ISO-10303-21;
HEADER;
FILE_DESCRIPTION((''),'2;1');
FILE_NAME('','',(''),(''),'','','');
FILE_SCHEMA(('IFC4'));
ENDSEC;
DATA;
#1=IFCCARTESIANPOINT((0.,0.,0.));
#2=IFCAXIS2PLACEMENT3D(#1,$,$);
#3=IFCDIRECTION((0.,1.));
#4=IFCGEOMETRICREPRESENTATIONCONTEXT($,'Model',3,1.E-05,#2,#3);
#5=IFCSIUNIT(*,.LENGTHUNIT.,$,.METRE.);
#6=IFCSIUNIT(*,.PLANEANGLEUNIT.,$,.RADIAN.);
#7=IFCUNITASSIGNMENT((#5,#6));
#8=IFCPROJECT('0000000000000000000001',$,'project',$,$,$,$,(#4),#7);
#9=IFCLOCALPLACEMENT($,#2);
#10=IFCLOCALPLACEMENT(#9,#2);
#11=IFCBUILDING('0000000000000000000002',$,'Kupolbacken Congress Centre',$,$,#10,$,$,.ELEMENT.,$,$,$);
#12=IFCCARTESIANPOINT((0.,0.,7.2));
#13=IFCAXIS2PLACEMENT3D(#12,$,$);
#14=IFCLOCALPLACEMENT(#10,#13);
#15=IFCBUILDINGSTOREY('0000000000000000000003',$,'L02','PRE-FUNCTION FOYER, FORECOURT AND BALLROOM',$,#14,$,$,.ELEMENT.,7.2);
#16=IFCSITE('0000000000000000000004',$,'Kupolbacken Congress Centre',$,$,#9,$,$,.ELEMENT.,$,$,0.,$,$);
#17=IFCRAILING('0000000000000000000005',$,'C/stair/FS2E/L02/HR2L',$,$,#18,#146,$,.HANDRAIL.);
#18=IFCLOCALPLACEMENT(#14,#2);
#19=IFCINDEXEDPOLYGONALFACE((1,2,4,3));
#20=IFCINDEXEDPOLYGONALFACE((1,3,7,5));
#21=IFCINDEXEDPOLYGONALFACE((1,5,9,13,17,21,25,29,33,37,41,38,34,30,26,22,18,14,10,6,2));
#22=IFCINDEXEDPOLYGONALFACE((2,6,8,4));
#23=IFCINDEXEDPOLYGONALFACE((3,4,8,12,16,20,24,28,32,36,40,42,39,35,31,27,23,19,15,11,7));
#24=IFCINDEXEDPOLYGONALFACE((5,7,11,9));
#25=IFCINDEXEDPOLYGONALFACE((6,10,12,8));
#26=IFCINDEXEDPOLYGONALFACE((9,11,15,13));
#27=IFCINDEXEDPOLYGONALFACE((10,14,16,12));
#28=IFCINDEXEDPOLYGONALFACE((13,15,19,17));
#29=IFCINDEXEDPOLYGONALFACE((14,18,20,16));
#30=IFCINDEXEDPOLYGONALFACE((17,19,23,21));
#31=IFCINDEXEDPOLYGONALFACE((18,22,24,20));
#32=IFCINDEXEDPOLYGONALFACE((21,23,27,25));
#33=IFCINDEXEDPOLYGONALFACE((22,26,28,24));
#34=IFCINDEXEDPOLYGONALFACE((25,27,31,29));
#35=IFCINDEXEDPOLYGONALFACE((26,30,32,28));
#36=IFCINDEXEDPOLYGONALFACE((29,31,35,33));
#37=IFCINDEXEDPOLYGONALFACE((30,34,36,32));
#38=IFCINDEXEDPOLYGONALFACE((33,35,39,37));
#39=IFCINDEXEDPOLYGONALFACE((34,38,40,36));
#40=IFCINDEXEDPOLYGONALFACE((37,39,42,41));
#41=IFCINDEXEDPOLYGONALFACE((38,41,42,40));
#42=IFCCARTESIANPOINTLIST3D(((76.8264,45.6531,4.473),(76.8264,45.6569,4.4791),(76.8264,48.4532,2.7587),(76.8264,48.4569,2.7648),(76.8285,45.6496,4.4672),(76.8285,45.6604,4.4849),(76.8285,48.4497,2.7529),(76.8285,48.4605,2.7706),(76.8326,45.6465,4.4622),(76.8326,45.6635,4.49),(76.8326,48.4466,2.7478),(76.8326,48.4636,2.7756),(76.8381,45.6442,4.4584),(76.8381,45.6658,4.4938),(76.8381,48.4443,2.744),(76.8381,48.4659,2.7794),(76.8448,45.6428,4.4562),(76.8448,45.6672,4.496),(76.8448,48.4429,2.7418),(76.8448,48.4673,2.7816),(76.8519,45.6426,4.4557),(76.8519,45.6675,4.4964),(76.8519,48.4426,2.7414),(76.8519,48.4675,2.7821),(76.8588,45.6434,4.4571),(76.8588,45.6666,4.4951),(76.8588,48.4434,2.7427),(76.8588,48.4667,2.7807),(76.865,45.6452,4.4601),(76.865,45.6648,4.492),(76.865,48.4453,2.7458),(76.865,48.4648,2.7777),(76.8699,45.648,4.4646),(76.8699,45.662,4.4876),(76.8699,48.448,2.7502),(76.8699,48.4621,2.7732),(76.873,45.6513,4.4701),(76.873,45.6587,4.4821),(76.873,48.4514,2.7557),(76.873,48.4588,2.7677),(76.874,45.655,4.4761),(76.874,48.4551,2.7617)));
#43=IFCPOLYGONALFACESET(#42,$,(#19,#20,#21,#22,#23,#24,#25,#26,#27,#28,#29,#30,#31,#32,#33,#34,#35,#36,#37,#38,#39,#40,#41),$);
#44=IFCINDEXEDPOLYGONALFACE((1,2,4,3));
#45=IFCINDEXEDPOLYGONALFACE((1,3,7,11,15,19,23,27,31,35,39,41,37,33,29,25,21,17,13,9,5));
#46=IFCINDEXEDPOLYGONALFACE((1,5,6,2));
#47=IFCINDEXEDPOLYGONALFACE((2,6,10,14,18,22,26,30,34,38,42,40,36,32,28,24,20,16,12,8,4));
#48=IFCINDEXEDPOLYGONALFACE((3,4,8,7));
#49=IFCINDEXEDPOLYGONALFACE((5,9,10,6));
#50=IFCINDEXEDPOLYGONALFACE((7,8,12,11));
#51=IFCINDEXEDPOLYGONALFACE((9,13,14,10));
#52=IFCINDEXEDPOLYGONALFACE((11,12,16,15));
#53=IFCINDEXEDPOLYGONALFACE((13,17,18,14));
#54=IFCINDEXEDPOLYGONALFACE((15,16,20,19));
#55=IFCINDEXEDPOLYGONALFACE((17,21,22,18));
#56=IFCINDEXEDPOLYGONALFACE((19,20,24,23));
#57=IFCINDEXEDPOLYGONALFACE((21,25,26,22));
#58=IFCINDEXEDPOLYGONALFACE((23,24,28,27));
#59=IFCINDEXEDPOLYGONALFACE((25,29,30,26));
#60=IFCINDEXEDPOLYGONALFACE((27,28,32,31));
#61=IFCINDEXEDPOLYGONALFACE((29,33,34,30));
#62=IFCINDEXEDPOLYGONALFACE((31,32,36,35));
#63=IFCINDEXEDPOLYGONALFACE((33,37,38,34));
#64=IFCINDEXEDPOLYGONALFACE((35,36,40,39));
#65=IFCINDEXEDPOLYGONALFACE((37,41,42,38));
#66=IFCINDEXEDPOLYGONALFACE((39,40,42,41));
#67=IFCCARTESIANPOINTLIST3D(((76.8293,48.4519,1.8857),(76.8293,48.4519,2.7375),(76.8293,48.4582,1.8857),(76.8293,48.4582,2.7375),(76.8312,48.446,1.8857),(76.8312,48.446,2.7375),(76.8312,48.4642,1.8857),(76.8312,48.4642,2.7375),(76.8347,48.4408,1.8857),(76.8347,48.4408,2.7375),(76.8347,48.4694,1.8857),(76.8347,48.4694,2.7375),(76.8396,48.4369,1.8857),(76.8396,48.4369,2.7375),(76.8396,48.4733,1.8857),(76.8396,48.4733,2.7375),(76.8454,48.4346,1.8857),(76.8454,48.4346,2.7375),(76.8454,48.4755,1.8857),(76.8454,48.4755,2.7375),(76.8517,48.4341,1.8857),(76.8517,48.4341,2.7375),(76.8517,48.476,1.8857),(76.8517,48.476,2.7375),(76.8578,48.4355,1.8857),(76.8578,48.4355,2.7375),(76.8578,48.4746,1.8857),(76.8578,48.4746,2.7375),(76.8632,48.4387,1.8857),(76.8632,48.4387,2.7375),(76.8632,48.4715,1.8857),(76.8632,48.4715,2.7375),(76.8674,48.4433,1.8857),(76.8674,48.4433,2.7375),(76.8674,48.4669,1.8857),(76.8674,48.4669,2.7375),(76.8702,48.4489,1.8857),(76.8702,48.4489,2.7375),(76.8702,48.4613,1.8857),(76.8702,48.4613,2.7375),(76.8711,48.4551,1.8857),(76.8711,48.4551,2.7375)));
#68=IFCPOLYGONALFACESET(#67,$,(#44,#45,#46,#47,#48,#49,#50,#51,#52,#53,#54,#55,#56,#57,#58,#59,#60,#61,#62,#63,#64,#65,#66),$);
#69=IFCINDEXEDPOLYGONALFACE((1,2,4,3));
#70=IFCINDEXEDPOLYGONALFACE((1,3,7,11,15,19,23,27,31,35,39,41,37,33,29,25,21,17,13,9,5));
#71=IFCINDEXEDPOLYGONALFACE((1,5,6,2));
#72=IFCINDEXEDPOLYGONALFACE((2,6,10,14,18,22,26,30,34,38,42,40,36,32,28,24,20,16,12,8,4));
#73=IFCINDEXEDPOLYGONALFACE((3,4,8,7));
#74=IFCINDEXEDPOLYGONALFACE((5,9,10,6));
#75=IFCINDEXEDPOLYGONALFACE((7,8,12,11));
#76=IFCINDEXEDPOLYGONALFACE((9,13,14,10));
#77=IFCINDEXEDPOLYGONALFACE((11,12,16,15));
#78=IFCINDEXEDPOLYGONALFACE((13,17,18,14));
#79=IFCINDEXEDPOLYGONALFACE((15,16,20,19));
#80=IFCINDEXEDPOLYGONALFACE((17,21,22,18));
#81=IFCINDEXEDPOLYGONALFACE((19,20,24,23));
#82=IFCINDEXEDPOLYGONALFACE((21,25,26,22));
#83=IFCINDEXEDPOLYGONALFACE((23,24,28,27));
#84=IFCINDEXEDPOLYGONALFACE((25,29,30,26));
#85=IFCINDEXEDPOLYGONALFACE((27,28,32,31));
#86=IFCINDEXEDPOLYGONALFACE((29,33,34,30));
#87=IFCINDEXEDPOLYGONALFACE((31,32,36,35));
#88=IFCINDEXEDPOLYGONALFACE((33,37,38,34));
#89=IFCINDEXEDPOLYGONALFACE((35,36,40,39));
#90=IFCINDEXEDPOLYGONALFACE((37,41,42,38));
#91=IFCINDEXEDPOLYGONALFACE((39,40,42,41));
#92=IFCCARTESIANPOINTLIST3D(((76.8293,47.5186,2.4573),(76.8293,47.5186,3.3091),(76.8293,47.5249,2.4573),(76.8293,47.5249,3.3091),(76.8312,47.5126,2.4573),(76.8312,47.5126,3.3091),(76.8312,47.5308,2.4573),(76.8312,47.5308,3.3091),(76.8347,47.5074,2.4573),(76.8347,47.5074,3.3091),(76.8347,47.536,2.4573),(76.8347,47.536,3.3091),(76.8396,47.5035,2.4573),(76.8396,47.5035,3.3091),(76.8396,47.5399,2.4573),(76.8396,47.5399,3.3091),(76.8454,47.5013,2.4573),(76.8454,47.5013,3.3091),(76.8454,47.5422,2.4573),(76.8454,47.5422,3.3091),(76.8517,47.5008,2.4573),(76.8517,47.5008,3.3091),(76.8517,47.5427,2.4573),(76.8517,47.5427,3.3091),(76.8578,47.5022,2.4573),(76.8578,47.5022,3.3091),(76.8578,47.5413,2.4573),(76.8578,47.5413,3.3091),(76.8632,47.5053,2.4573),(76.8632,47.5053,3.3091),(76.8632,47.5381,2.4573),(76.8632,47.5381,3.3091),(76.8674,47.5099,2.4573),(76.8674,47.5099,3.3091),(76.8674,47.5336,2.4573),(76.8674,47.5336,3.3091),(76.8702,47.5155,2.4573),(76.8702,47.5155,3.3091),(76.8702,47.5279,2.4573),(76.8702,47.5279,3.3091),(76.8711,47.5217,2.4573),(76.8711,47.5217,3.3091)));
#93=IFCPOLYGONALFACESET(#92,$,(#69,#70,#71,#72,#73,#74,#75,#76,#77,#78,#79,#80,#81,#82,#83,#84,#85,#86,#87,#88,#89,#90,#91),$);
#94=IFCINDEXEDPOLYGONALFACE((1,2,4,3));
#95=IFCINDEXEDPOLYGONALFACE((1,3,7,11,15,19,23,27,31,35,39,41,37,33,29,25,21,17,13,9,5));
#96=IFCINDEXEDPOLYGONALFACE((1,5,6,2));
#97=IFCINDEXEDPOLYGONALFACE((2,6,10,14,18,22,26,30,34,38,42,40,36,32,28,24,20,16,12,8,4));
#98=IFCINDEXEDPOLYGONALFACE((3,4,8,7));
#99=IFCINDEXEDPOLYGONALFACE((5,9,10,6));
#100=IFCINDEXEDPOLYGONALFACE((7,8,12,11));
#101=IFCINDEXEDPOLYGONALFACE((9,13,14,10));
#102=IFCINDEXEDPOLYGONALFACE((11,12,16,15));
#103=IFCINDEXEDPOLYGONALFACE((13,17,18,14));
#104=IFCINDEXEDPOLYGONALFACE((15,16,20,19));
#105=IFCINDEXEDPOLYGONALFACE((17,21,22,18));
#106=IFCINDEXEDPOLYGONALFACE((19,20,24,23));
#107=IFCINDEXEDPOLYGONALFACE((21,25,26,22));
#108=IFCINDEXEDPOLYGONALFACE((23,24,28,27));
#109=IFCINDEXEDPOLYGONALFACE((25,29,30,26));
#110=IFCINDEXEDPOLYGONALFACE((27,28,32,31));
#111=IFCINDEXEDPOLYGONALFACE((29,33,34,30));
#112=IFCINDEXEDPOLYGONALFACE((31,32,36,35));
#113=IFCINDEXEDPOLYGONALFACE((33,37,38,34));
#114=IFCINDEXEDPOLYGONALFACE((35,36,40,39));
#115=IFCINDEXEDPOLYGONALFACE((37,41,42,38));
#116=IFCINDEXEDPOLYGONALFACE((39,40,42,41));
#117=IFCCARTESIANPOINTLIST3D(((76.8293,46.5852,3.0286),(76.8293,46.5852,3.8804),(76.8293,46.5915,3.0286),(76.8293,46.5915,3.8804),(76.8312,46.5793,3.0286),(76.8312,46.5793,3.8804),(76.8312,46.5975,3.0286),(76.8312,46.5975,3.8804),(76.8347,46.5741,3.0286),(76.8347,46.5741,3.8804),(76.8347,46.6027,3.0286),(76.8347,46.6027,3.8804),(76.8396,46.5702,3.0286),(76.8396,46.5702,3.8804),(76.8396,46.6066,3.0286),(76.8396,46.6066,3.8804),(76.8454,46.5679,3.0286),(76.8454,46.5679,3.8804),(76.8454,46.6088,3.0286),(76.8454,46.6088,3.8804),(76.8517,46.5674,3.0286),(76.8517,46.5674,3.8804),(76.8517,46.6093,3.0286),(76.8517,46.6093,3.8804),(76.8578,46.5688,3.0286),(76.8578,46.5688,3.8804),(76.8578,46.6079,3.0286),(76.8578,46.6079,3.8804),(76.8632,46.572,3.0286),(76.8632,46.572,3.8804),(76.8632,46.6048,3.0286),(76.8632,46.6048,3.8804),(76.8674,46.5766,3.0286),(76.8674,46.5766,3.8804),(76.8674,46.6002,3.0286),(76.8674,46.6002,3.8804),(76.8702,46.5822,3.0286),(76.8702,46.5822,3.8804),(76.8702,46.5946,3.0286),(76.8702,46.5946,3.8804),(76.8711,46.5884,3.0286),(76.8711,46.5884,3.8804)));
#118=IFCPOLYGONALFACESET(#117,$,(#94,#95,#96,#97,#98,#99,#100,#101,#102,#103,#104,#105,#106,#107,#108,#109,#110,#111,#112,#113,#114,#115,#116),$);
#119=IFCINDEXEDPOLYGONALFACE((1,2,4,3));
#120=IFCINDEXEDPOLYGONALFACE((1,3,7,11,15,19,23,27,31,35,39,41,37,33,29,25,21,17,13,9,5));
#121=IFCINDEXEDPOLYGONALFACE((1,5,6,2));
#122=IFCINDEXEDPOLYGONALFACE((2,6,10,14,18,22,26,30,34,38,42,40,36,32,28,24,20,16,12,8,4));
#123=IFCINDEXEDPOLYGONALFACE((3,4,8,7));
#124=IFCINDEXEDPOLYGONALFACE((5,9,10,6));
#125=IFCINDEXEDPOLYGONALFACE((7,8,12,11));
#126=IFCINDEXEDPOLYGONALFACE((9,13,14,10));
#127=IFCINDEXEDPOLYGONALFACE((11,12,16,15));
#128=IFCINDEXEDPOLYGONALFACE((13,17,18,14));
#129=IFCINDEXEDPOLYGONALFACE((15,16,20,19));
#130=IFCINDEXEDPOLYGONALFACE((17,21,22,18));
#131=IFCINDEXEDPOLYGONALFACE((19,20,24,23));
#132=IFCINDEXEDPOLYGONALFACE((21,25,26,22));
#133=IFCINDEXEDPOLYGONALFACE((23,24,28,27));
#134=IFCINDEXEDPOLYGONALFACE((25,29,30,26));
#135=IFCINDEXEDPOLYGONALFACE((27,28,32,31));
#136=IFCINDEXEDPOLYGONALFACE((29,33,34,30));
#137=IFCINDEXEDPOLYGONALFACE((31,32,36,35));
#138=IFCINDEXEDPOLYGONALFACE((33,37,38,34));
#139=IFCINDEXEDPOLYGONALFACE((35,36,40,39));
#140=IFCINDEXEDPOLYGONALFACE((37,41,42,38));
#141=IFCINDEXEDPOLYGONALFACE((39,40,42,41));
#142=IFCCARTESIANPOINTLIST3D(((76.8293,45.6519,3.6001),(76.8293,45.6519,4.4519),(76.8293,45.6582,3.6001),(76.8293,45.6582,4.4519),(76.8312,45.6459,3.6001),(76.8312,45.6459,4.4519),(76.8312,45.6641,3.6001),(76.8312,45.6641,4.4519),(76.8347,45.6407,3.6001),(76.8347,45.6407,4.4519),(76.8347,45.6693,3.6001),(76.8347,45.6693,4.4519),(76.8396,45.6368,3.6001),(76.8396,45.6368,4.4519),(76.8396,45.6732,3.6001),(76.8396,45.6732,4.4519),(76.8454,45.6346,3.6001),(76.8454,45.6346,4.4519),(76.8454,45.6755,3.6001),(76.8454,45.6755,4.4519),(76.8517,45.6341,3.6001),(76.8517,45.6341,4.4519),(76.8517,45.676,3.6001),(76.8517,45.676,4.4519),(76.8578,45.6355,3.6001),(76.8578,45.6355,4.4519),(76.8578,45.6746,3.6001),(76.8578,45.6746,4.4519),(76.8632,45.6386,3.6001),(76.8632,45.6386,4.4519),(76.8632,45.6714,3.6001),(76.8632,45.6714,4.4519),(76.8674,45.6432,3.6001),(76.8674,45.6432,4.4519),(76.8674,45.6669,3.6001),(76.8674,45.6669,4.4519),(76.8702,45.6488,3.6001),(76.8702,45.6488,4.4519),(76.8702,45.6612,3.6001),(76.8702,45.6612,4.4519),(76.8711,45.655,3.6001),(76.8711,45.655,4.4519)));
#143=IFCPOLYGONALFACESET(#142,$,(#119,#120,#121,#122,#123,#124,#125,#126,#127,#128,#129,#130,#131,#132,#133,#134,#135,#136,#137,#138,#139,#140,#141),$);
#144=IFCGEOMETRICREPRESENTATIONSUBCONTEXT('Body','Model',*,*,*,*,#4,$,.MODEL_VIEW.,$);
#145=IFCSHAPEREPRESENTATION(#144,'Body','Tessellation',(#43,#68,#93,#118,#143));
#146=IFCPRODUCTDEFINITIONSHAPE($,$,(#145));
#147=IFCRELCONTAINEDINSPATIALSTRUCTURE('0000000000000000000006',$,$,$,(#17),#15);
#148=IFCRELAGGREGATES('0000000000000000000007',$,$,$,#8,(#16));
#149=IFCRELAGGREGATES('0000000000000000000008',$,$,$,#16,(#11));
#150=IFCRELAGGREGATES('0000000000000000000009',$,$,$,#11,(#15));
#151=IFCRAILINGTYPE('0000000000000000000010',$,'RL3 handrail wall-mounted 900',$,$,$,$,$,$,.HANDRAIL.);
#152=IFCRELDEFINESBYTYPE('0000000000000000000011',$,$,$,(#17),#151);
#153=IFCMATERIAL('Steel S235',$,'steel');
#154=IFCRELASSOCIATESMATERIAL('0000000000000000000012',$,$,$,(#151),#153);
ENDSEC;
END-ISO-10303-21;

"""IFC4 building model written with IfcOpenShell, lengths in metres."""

from ifc_helpers import new_model, si_unit, direction, frame, origin, origin_2d, place, context, subcontext, project, spatial, circle, extrude, material, type_object, element, save


model = new_model("IFC4")

# Units and contexts
model_context = context("Model", 3, precision=1e-05, world=origin(), true_north=direction((0.0, 1.0)))
body_context = subcontext(model_context, "Body", "Model", "MODEL_VIEW")
ifc_project = project(units=[si_unit("LENGTHUNIT", "METRE"), si_unit("PLANEANGLEUNIT", "RADIAN")], contexts=[model_context])

# Site, building, storey
site_placement = place(None, origin())
site = spatial("IfcSite", under=ifc_project, at=site_placement, Name="Kupolbacken Congress Centre", CompositionType="ELEMENT", RefElevation=0.0)
building_placement = place(site_placement, origin())
building = spatial("IfcBuilding", under=site, at=building_placement, Name="Kupolbacken Congress Centre", CompositionType="ELEMENT")
storey_placement = place(building_placement, frame((0.0, 0.0, 7.2)))
storey = spatial("IfcBuildingStorey", under=building, at=storey_placement, Name="L02", Description="PRE-FUNCTION FOYER, FORECOURT AND BALLROOM", CompositionType="ELEMENT", Elevation=7.2)

# Railing
ifc_material_1 = material(Name="Steel S235", Category="steel")
railing_type = type_object("IfcRailingType", Name="RL3 handrail wall-mounted 900", PredefinedType="HANDRAIL", material=ifc_material_1)
railing_placement = place(storey_placement, frame((76.8501, 48.4551, 1.8857)))
element("IfcRailing", 1, at=railing_placement, inside=storey, type_object=railing_type, Name="C/stair/FS2E/L02/HR2L", PredefinedType="HANDRAIL", context=body_context, shape_type="SweptSolid", body=[
    extrude(circle(Radius=0.0239, at=origin_2d()), frame((0.0, 0.0, 0.876), z_axis=(0.0, -0.852846, 0.522163), x_axis=(1.0, 0.0, 0.0)), (0.0, 0.0, 1.0), 3.2832),
    extrude(circle(Radius=0.021, at=origin_2d()), origin(), (0.0, 0.0, 1.0), 0.8518),
    extrude(circle(Radius=0.021, at=origin_2d()), frame((0.0, -0.9333, 0.5715)), (0.0, 0.0, 1.0), 0.8518),
    extrude(circle(Radius=0.021, at=origin_2d()), frame((0.0, -1.8667, 1.1428)), (0.0, 0.0, 1.0), 0.8518),
    extrude(circle(Radius=0.021, at=origin_2d()), frame((0.0, -2.8, 1.7144)), (0.0, 0.0, 1.0), 0.8518),
])

save(model, "model.ifc")
